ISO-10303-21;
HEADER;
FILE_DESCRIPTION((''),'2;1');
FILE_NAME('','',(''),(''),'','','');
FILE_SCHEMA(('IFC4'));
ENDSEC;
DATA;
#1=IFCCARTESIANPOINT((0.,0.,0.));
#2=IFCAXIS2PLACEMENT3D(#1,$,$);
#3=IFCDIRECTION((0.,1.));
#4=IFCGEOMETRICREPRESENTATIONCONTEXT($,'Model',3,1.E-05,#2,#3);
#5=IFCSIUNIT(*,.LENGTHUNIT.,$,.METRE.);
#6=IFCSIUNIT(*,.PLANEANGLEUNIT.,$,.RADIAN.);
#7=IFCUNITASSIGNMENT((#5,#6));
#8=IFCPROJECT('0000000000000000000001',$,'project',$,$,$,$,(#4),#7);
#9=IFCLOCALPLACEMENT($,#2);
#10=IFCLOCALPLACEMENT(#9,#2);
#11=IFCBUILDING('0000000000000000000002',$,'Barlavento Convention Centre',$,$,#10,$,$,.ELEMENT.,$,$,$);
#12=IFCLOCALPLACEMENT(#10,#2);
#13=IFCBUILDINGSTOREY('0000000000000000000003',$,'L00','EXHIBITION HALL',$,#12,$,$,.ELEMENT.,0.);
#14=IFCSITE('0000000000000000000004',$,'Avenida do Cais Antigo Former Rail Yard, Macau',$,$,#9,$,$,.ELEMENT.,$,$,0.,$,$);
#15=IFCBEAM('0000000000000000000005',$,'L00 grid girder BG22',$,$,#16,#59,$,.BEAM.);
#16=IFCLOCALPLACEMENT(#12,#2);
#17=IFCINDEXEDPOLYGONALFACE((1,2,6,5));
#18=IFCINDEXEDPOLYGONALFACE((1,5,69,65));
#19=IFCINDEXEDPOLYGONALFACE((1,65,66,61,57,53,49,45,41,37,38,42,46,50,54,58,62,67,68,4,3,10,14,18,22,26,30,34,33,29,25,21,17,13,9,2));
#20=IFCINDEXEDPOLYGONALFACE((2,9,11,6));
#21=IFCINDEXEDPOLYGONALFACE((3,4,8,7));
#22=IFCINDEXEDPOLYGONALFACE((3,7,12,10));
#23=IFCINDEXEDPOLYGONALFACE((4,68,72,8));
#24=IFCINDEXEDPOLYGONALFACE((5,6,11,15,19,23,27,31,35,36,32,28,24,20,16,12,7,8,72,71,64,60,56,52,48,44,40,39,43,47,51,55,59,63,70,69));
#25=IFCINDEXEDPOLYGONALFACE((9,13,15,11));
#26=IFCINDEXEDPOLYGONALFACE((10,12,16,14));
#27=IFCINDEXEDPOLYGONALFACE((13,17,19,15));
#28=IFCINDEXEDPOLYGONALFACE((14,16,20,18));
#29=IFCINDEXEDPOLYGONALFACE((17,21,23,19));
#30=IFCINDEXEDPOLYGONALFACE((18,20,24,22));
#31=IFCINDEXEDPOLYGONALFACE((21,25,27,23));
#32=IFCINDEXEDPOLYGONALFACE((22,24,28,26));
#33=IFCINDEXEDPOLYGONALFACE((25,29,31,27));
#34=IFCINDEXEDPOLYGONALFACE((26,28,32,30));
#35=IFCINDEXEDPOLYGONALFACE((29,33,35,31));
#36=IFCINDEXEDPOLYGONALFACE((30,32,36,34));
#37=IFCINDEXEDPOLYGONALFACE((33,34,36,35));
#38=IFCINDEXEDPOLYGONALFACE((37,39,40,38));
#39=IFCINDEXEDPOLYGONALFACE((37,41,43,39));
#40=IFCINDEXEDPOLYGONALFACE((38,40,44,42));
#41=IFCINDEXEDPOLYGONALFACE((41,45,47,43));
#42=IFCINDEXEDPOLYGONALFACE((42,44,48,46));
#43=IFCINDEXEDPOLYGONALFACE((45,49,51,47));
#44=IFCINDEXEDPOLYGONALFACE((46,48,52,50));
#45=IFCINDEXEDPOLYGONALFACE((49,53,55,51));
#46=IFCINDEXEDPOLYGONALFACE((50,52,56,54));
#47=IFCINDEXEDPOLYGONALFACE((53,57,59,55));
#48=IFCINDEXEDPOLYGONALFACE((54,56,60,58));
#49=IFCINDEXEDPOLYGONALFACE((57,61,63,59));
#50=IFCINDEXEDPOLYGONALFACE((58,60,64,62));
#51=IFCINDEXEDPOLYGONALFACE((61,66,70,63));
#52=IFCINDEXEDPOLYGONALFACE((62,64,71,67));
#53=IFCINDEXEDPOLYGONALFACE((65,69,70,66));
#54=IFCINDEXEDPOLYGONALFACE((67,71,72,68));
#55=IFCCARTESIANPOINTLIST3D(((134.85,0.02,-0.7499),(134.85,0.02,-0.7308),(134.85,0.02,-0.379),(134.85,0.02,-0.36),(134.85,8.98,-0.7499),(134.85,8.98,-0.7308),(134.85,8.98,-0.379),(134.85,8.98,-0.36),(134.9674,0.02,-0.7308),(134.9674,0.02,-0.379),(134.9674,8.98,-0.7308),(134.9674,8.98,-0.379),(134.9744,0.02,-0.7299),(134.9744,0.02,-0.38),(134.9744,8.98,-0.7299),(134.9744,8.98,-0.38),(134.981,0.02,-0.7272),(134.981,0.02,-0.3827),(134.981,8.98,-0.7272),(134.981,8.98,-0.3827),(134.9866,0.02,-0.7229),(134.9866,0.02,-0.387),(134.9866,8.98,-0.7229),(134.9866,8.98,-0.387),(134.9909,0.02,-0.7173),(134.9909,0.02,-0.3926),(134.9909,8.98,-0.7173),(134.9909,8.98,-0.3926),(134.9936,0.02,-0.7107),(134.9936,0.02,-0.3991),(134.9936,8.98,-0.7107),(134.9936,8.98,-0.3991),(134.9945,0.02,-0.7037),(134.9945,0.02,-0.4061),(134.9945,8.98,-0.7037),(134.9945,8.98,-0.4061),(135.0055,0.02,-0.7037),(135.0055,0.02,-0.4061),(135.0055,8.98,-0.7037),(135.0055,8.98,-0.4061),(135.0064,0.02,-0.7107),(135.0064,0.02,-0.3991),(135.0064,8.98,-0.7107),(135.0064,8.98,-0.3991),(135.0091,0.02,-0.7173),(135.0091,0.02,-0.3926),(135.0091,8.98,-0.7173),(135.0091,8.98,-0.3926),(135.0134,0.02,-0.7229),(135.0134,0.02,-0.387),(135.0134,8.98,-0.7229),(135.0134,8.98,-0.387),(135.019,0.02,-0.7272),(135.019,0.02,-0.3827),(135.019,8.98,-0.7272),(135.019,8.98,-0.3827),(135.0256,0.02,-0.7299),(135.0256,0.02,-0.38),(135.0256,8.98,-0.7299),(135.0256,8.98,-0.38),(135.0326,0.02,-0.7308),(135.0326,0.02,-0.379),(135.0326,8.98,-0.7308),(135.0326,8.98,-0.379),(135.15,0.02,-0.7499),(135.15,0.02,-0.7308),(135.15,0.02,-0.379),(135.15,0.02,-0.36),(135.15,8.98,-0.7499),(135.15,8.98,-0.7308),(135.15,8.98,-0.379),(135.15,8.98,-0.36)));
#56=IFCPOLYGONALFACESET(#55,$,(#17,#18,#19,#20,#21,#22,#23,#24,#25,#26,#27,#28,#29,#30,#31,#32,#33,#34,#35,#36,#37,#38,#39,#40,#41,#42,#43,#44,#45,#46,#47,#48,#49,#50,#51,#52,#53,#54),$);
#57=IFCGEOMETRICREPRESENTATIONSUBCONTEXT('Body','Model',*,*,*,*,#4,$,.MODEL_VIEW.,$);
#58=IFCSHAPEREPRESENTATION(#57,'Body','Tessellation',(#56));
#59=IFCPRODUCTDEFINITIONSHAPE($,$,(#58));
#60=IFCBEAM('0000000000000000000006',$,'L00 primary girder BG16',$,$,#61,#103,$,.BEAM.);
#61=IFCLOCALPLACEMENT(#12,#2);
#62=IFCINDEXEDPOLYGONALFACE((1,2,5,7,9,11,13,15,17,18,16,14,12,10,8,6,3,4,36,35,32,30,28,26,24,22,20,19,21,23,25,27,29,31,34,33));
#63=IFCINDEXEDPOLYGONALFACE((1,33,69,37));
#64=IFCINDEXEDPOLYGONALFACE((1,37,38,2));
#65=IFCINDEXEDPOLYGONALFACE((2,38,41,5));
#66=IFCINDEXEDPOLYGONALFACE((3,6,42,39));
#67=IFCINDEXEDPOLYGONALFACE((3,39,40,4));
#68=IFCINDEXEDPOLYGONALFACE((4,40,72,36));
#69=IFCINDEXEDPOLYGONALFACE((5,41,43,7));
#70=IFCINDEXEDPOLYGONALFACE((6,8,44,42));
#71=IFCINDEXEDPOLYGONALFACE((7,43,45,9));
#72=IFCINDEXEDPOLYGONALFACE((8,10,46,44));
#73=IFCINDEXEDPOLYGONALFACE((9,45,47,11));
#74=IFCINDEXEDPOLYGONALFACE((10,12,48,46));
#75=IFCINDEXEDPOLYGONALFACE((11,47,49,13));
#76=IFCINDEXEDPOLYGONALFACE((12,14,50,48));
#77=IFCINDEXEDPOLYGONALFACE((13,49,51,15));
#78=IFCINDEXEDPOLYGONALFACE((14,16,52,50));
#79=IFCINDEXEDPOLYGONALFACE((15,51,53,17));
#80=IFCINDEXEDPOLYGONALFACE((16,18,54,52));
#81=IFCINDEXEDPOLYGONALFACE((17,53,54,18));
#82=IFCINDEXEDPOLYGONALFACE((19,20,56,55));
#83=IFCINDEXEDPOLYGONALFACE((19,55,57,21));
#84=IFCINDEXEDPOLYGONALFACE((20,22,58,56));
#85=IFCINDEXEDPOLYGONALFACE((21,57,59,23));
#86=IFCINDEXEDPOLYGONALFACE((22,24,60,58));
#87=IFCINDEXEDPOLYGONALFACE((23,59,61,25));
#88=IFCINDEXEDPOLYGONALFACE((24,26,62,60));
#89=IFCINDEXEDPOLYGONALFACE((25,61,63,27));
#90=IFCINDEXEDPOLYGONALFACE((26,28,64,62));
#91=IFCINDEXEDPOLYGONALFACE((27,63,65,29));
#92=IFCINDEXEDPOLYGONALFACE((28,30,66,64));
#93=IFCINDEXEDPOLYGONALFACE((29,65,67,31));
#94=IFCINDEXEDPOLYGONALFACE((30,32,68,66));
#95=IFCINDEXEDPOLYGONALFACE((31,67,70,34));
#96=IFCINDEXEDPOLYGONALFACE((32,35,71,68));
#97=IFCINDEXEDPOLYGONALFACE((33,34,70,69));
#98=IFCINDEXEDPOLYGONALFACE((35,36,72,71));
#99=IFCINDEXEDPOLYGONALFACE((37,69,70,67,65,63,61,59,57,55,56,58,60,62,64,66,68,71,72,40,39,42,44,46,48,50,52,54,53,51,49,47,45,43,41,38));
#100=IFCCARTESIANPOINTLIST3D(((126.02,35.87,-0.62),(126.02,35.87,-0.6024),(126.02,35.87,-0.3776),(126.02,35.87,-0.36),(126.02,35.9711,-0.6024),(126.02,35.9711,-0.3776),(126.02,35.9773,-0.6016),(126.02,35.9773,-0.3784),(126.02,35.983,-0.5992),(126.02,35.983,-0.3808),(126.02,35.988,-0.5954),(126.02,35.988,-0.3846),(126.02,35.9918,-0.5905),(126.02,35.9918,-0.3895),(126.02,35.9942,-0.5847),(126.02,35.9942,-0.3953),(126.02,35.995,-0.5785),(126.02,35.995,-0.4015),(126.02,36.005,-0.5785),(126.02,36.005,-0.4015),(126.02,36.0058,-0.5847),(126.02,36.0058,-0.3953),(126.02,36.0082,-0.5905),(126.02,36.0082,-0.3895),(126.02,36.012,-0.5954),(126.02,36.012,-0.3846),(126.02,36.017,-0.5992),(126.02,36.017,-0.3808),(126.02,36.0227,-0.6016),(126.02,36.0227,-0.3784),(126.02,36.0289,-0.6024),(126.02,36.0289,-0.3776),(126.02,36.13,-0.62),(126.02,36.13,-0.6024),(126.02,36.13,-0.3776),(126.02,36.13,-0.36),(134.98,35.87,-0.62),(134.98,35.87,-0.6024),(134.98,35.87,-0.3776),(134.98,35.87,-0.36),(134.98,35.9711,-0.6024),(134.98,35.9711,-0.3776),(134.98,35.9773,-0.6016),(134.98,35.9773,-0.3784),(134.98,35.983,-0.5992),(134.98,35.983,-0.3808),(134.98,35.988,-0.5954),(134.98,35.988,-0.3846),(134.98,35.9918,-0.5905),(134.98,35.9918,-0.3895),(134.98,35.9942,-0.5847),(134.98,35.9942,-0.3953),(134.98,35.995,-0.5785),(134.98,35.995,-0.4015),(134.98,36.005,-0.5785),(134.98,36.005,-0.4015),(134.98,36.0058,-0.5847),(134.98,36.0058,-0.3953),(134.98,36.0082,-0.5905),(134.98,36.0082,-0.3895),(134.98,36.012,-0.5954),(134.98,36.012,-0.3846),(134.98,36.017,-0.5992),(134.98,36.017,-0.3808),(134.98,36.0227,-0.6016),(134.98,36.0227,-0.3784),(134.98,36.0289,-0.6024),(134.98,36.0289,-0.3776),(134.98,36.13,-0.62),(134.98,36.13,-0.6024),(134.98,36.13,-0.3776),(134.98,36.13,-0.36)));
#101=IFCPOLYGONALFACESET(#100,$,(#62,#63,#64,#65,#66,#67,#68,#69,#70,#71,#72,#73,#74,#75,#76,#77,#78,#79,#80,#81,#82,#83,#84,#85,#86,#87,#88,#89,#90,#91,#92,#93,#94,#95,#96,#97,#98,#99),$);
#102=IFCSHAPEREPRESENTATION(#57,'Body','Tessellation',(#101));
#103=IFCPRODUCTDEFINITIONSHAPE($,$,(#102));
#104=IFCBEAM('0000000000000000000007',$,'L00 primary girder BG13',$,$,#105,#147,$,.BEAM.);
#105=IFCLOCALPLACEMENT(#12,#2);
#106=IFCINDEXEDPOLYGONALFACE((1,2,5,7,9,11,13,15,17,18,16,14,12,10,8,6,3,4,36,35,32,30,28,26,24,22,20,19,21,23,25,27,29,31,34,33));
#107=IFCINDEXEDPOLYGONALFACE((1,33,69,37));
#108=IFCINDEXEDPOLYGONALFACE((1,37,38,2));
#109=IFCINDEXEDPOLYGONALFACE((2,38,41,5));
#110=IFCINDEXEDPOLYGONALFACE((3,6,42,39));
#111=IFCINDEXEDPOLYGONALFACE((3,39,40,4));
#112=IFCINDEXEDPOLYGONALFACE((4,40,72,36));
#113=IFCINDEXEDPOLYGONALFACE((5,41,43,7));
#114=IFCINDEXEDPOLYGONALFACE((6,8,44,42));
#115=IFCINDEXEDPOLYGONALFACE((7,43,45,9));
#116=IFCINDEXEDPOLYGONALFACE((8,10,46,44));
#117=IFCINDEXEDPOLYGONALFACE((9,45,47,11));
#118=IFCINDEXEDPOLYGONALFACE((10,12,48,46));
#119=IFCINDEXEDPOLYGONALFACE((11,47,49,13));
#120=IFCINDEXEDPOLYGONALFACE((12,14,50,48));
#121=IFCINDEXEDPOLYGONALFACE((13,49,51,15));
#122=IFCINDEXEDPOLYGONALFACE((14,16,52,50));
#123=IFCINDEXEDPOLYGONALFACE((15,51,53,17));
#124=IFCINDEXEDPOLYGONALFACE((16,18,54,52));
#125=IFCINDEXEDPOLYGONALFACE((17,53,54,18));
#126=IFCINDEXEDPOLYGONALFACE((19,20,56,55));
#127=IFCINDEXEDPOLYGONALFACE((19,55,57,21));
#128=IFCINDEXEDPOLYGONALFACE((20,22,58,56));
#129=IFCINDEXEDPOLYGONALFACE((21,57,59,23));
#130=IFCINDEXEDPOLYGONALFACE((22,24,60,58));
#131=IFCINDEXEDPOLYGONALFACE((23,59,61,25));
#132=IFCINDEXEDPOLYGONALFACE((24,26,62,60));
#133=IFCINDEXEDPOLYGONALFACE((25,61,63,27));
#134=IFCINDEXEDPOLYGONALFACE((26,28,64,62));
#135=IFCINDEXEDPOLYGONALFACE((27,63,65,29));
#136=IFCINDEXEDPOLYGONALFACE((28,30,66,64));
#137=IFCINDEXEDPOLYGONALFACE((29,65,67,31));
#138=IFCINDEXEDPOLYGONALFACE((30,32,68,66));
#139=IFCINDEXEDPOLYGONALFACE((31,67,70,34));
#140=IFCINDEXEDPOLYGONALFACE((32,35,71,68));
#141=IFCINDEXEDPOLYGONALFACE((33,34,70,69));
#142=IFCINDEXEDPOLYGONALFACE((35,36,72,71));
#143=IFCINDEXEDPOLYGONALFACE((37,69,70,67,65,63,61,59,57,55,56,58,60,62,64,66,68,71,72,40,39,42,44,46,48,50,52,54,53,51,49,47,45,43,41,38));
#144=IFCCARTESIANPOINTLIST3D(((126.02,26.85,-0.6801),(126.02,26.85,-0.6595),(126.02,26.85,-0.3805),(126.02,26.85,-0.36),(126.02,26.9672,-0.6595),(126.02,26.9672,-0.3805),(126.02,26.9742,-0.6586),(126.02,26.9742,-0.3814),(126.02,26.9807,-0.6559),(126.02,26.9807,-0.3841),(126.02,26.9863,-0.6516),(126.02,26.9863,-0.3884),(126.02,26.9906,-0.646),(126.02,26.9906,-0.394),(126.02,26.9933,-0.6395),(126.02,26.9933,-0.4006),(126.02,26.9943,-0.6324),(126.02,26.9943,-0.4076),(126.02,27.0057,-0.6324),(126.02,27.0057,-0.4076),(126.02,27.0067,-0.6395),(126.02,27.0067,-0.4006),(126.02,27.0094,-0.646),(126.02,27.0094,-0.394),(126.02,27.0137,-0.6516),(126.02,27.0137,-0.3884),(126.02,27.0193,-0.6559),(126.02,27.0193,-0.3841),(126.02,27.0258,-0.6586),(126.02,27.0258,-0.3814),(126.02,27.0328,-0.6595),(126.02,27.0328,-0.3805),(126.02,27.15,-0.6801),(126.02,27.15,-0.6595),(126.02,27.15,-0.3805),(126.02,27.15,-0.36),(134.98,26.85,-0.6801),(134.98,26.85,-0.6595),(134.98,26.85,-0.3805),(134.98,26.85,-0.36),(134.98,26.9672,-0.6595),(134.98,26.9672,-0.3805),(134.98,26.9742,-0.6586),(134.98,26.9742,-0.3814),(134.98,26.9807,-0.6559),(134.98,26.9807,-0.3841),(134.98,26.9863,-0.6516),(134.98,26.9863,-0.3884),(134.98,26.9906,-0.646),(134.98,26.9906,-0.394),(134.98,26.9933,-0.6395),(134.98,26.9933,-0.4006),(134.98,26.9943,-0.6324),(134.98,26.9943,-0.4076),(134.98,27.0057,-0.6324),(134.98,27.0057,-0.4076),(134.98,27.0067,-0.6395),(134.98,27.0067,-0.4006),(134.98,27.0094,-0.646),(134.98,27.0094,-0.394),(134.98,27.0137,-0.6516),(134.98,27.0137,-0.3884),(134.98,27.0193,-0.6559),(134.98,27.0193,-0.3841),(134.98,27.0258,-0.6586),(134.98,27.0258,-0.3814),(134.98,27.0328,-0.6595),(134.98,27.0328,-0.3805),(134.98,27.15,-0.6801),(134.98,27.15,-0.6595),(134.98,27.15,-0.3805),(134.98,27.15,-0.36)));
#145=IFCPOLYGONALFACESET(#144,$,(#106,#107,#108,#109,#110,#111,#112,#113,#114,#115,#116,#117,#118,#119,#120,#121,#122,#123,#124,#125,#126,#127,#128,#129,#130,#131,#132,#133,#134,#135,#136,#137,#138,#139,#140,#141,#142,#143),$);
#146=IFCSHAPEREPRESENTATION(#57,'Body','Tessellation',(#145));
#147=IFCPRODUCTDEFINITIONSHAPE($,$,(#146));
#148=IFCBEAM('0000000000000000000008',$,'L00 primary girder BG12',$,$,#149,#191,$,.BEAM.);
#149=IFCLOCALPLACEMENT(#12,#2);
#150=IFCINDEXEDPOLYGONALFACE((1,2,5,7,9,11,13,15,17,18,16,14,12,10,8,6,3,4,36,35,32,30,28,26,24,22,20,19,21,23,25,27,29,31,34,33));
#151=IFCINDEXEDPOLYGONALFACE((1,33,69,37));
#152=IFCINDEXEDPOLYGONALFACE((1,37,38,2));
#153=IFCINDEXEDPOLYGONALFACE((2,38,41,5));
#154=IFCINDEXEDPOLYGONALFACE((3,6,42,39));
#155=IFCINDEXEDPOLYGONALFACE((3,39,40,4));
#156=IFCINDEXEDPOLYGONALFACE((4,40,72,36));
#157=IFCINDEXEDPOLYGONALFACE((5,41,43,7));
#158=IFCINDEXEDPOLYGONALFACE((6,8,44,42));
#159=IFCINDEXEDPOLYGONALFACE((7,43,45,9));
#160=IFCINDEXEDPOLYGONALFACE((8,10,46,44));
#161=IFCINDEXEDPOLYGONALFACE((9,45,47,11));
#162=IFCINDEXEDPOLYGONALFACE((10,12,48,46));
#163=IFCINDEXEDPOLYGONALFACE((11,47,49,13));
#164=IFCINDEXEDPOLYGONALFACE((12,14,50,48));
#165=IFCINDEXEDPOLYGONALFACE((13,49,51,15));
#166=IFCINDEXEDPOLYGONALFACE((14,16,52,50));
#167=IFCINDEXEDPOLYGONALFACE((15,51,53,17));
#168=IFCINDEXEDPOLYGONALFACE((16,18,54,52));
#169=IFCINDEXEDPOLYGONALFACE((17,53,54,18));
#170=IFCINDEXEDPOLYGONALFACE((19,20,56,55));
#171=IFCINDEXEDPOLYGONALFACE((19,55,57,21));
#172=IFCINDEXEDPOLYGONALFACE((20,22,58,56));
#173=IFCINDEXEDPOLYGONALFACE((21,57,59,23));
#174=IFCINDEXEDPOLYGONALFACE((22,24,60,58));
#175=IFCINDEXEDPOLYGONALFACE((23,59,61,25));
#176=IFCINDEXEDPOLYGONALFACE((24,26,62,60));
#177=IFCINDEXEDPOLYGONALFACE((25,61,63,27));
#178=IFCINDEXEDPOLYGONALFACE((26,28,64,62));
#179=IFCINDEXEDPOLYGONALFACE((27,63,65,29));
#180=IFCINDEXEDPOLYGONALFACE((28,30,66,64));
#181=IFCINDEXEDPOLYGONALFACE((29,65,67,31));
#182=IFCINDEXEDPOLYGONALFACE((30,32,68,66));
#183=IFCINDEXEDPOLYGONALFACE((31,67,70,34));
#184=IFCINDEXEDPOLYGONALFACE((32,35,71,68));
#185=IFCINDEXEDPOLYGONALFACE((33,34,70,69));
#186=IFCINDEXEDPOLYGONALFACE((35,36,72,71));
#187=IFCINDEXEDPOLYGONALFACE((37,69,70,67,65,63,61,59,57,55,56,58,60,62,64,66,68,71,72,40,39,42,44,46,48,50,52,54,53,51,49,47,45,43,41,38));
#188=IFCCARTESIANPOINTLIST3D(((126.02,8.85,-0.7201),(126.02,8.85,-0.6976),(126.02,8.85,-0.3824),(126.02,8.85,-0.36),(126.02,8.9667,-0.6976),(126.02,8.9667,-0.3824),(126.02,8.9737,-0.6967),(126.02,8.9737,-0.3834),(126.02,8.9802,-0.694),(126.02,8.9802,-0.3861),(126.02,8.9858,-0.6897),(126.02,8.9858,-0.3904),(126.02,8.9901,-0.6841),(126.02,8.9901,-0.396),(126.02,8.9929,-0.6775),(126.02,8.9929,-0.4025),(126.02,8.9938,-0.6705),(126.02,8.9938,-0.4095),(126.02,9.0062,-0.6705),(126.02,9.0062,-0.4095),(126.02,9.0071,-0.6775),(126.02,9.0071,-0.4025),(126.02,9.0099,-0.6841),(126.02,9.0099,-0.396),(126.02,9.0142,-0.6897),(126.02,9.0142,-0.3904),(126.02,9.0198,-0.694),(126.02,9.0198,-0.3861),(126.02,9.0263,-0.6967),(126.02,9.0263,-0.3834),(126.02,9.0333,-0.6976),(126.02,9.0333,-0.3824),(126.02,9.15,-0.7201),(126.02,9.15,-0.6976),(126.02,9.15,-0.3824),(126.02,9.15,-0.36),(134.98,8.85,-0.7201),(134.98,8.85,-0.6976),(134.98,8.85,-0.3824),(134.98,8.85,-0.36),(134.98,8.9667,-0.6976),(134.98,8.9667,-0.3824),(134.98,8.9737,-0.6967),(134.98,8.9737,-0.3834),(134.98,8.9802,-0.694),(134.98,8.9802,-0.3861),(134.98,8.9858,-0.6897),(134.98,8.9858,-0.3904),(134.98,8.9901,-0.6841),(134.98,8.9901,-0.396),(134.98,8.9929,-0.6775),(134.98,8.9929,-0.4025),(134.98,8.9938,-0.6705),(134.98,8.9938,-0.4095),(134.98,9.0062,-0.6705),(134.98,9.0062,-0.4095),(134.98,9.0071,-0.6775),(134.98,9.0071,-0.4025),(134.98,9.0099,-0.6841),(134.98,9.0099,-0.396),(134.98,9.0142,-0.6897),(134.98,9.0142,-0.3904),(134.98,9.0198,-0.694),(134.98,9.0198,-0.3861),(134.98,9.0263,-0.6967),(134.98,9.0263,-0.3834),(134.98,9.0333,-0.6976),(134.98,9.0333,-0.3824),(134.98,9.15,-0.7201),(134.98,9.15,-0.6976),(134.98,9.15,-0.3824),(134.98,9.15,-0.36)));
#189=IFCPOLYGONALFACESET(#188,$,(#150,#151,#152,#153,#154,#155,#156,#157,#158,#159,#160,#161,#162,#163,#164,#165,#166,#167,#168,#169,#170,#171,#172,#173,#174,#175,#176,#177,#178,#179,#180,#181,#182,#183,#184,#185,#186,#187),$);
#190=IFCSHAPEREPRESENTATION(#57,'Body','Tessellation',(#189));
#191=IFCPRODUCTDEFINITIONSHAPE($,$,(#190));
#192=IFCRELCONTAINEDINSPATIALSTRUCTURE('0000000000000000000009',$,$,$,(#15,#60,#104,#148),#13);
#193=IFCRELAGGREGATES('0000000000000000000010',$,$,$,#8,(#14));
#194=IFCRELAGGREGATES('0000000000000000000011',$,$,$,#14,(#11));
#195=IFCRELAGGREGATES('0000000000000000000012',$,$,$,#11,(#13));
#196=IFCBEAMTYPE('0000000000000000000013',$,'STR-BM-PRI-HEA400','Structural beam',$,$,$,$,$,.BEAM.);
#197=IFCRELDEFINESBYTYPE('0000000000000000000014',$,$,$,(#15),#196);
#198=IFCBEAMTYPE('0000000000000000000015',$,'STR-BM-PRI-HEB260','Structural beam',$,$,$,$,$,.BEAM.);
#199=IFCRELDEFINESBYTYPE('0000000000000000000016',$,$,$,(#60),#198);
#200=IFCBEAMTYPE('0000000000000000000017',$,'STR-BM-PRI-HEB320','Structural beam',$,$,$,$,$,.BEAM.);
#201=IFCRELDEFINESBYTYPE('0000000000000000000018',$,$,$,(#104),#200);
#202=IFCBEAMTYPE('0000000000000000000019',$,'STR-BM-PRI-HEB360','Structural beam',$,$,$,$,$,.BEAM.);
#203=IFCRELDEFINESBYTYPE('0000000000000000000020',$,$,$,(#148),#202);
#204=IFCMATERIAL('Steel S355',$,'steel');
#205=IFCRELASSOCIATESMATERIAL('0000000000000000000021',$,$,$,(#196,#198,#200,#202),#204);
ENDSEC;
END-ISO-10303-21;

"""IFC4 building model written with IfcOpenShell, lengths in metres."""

from ifc_helpers import new_model, si_unit, direction, frame, origin, origin_2d, place, context, subcontext, project, spatial, i_section, extrude, material, material_profile, profile_set, type_object, element, save


model = new_model("IFC4")

# Units and contexts
model_context = context("Model", 3, precision=1e-05, world=origin(), true_north=direction((0.0, 1.0)))
body_context = subcontext(model_context, "Body", "Model", "MODEL_VIEW")
ifc_project = project(units=[si_unit("LENGTHUNIT", "METRE"), si_unit("PLANEANGLEUNIT", "RADIAN")], contexts=[model_context])

# Site, building, storey
site_placement = place(None, origin())
site = spatial("IfcSite", under=ifc_project, at=site_placement, Name="Avenida do Cais Antigo Former Rail Yard, Macau", CompositionType="ELEMENT", RefElevation=0.0)
building_placement = place(site_placement, origin())
building = spatial("IfcBuilding", under=site, at=building_placement, Name="Barlavento Convention Centre", CompositionType="ELEMENT")
storey_placement = place(building_placement, origin())
storey = spatial("IfcBuildingStorey", under=building, at=storey_placement, Name="L00", Description="EXHIBITION HALL", CompositionType="ELEMENT", Elevation=0.0)

# Beams
ifc_material_1 = material(Name="Steel S355", Category="steel")
ifc_material_profile_1 = material_profile(ifc_material_1, i_section(OverallWidth=0.3, OverallDepth=0.3899, WebThickness=0.011, FlangeThickness=0.019, FilletRadius=0.0271, at=origin_2d()), Name="HEA 400")
ifc_profile_set_1 = profile_set([ifc_material_profile_1], Name="Steel S355")
beam_type_1 = type_object("IfcBeamType", Name="STR-BM-PRI-HEA400", Description="Structural beam", PredefinedType="BEAM", material=ifc_profile_set_1)
beam_1_placement = place(storey_placement, frame((135.0, 0.02, -0.5549), z_axis=(0.0, 1.0, 0.0), x_axis=(-1.0, 0.0, 0.0)))
element("IfcBeam", 1, at=beam_1_placement, inside=storey, type_object=beam_type_1, Name="L00 grid girder BG22", PredefinedType="BEAM", context=body_context, shape_type="SweptSolid", body=[
    extrude(i_section(OverallWidth=0.3, OverallDepth=0.3899, WebThickness=0.011, FlangeThickness=0.019, FilletRadius=0.0271, at=origin_2d()), origin(), (0.0, 0.0, 1.0), 8.96),
])
ifc_material_profile_2 = material_profile(ifc_material_1, i_section(OverallWidth=0.26, OverallDepth=0.26, WebThickness=0.01, FlangeThickness=0.0176, FilletRadius=0.0239, at=origin_2d()), Name="HEB 260")
ifc_profile_set_2 = profile_set([ifc_material_profile_2], Name="Steel S355")
beam_type_2 = type_object("IfcBeamType", Name="STR-BM-PRI-HEB260", Description="Structural beam", PredefinedType="BEAM", material=ifc_profile_set_2)
beam_2_placement = place(storey_placement, frame((126.02, 36.0, -0.49), z_axis=(1.0, 0.0, 0.0), x_axis=(0.0, 1.0, 0.0)))
element("IfcBeam", 2, at=beam_2_placement, inside=storey, type_object=beam_type_2, Name="L00 primary girder BG16", PredefinedType="BEAM", context=body_context, shape_type="SweptSolid", body=[
    extrude(i_section(OverallWidth=0.26, OverallDepth=0.26, WebThickness=0.01, FlangeThickness=0.0176, FilletRadius=0.0239, at=origin_2d()), origin(), (0.0, 0.0, 1.0), 8.96),
])
ifc_material_profile_3 = material_profile(ifc_material_1, i_section(OverallWidth=0.3, OverallDepth=0.3201, WebThickness=0.0115, FlangeThickness=0.0205, FilletRadius=0.0271, at=origin_2d()), Name="HEB 320")
ifc_profile_set_3 = profile_set([ifc_material_profile_3], Name="Steel S355")
beam_type_3 = type_object("IfcBeamType", Name="STR-BM-PRI-HEB320", Description="Structural beam", PredefinedType="BEAM", material=ifc_profile_set_3)
beam_3_placement = place(storey_placement, frame((126.02, 27.0, -0.52), z_axis=(1.0, 0.0, 0.0), x_axis=(0.0, 1.0, 0.0)))
element("IfcBeam", 3, at=beam_3_placement, inside=storey, type_object=beam_type_3, Name="L00 primary girder BG13", PredefinedType="BEAM", context=body_context, shape_type="SweptSolid", body=[
    extrude(i_section(OverallWidth=0.3, OverallDepth=0.3201, WebThickness=0.0115, FlangeThickness=0.0205, FilletRadius=0.0271, at=origin_2d()), origin(), (0.0, 0.0, 1.0), 8.96),
])
ifc_material_profile_4 = material_profile(ifc_material_1, i_section(OverallWidth=0.3, OverallDepth=0.3601, WebThickness=0.0125, FlangeThickness=0.0225, FilletRadius=0.0271, at=origin_2d()), Name="HEB 360")
ifc_profile_set_4 = profile_set([ifc_material_profile_4], Name="Steel S355")
beam_type_4 = type_object("IfcBeamType", Name="STR-BM-PRI-HEB360", Description="Structural beam", PredefinedType="BEAM", material=ifc_profile_set_4)
beam_4_placement = place(storey_placement, frame((126.02, 9.0, -0.54), z_axis=(1.0, 0.0, 0.0), x_axis=(0.0, 1.0, 0.0)))
element("IfcBeam", 4, at=beam_4_placement, inside=storey, type_object=beam_type_4, Name="L00 primary girder BG12", PredefinedType="BEAM", context=body_context, shape_type="SweptSolid", body=[
    extrude(i_section(OverallWidth=0.3, OverallDepth=0.3601, WebThickness=0.0125, FlangeThickness=0.0225, FilletRadius=0.0271, at=origin_2d()), origin(), (0.0, 0.0, 1.0), 8.96),
])

save(model, "model.ifc")
